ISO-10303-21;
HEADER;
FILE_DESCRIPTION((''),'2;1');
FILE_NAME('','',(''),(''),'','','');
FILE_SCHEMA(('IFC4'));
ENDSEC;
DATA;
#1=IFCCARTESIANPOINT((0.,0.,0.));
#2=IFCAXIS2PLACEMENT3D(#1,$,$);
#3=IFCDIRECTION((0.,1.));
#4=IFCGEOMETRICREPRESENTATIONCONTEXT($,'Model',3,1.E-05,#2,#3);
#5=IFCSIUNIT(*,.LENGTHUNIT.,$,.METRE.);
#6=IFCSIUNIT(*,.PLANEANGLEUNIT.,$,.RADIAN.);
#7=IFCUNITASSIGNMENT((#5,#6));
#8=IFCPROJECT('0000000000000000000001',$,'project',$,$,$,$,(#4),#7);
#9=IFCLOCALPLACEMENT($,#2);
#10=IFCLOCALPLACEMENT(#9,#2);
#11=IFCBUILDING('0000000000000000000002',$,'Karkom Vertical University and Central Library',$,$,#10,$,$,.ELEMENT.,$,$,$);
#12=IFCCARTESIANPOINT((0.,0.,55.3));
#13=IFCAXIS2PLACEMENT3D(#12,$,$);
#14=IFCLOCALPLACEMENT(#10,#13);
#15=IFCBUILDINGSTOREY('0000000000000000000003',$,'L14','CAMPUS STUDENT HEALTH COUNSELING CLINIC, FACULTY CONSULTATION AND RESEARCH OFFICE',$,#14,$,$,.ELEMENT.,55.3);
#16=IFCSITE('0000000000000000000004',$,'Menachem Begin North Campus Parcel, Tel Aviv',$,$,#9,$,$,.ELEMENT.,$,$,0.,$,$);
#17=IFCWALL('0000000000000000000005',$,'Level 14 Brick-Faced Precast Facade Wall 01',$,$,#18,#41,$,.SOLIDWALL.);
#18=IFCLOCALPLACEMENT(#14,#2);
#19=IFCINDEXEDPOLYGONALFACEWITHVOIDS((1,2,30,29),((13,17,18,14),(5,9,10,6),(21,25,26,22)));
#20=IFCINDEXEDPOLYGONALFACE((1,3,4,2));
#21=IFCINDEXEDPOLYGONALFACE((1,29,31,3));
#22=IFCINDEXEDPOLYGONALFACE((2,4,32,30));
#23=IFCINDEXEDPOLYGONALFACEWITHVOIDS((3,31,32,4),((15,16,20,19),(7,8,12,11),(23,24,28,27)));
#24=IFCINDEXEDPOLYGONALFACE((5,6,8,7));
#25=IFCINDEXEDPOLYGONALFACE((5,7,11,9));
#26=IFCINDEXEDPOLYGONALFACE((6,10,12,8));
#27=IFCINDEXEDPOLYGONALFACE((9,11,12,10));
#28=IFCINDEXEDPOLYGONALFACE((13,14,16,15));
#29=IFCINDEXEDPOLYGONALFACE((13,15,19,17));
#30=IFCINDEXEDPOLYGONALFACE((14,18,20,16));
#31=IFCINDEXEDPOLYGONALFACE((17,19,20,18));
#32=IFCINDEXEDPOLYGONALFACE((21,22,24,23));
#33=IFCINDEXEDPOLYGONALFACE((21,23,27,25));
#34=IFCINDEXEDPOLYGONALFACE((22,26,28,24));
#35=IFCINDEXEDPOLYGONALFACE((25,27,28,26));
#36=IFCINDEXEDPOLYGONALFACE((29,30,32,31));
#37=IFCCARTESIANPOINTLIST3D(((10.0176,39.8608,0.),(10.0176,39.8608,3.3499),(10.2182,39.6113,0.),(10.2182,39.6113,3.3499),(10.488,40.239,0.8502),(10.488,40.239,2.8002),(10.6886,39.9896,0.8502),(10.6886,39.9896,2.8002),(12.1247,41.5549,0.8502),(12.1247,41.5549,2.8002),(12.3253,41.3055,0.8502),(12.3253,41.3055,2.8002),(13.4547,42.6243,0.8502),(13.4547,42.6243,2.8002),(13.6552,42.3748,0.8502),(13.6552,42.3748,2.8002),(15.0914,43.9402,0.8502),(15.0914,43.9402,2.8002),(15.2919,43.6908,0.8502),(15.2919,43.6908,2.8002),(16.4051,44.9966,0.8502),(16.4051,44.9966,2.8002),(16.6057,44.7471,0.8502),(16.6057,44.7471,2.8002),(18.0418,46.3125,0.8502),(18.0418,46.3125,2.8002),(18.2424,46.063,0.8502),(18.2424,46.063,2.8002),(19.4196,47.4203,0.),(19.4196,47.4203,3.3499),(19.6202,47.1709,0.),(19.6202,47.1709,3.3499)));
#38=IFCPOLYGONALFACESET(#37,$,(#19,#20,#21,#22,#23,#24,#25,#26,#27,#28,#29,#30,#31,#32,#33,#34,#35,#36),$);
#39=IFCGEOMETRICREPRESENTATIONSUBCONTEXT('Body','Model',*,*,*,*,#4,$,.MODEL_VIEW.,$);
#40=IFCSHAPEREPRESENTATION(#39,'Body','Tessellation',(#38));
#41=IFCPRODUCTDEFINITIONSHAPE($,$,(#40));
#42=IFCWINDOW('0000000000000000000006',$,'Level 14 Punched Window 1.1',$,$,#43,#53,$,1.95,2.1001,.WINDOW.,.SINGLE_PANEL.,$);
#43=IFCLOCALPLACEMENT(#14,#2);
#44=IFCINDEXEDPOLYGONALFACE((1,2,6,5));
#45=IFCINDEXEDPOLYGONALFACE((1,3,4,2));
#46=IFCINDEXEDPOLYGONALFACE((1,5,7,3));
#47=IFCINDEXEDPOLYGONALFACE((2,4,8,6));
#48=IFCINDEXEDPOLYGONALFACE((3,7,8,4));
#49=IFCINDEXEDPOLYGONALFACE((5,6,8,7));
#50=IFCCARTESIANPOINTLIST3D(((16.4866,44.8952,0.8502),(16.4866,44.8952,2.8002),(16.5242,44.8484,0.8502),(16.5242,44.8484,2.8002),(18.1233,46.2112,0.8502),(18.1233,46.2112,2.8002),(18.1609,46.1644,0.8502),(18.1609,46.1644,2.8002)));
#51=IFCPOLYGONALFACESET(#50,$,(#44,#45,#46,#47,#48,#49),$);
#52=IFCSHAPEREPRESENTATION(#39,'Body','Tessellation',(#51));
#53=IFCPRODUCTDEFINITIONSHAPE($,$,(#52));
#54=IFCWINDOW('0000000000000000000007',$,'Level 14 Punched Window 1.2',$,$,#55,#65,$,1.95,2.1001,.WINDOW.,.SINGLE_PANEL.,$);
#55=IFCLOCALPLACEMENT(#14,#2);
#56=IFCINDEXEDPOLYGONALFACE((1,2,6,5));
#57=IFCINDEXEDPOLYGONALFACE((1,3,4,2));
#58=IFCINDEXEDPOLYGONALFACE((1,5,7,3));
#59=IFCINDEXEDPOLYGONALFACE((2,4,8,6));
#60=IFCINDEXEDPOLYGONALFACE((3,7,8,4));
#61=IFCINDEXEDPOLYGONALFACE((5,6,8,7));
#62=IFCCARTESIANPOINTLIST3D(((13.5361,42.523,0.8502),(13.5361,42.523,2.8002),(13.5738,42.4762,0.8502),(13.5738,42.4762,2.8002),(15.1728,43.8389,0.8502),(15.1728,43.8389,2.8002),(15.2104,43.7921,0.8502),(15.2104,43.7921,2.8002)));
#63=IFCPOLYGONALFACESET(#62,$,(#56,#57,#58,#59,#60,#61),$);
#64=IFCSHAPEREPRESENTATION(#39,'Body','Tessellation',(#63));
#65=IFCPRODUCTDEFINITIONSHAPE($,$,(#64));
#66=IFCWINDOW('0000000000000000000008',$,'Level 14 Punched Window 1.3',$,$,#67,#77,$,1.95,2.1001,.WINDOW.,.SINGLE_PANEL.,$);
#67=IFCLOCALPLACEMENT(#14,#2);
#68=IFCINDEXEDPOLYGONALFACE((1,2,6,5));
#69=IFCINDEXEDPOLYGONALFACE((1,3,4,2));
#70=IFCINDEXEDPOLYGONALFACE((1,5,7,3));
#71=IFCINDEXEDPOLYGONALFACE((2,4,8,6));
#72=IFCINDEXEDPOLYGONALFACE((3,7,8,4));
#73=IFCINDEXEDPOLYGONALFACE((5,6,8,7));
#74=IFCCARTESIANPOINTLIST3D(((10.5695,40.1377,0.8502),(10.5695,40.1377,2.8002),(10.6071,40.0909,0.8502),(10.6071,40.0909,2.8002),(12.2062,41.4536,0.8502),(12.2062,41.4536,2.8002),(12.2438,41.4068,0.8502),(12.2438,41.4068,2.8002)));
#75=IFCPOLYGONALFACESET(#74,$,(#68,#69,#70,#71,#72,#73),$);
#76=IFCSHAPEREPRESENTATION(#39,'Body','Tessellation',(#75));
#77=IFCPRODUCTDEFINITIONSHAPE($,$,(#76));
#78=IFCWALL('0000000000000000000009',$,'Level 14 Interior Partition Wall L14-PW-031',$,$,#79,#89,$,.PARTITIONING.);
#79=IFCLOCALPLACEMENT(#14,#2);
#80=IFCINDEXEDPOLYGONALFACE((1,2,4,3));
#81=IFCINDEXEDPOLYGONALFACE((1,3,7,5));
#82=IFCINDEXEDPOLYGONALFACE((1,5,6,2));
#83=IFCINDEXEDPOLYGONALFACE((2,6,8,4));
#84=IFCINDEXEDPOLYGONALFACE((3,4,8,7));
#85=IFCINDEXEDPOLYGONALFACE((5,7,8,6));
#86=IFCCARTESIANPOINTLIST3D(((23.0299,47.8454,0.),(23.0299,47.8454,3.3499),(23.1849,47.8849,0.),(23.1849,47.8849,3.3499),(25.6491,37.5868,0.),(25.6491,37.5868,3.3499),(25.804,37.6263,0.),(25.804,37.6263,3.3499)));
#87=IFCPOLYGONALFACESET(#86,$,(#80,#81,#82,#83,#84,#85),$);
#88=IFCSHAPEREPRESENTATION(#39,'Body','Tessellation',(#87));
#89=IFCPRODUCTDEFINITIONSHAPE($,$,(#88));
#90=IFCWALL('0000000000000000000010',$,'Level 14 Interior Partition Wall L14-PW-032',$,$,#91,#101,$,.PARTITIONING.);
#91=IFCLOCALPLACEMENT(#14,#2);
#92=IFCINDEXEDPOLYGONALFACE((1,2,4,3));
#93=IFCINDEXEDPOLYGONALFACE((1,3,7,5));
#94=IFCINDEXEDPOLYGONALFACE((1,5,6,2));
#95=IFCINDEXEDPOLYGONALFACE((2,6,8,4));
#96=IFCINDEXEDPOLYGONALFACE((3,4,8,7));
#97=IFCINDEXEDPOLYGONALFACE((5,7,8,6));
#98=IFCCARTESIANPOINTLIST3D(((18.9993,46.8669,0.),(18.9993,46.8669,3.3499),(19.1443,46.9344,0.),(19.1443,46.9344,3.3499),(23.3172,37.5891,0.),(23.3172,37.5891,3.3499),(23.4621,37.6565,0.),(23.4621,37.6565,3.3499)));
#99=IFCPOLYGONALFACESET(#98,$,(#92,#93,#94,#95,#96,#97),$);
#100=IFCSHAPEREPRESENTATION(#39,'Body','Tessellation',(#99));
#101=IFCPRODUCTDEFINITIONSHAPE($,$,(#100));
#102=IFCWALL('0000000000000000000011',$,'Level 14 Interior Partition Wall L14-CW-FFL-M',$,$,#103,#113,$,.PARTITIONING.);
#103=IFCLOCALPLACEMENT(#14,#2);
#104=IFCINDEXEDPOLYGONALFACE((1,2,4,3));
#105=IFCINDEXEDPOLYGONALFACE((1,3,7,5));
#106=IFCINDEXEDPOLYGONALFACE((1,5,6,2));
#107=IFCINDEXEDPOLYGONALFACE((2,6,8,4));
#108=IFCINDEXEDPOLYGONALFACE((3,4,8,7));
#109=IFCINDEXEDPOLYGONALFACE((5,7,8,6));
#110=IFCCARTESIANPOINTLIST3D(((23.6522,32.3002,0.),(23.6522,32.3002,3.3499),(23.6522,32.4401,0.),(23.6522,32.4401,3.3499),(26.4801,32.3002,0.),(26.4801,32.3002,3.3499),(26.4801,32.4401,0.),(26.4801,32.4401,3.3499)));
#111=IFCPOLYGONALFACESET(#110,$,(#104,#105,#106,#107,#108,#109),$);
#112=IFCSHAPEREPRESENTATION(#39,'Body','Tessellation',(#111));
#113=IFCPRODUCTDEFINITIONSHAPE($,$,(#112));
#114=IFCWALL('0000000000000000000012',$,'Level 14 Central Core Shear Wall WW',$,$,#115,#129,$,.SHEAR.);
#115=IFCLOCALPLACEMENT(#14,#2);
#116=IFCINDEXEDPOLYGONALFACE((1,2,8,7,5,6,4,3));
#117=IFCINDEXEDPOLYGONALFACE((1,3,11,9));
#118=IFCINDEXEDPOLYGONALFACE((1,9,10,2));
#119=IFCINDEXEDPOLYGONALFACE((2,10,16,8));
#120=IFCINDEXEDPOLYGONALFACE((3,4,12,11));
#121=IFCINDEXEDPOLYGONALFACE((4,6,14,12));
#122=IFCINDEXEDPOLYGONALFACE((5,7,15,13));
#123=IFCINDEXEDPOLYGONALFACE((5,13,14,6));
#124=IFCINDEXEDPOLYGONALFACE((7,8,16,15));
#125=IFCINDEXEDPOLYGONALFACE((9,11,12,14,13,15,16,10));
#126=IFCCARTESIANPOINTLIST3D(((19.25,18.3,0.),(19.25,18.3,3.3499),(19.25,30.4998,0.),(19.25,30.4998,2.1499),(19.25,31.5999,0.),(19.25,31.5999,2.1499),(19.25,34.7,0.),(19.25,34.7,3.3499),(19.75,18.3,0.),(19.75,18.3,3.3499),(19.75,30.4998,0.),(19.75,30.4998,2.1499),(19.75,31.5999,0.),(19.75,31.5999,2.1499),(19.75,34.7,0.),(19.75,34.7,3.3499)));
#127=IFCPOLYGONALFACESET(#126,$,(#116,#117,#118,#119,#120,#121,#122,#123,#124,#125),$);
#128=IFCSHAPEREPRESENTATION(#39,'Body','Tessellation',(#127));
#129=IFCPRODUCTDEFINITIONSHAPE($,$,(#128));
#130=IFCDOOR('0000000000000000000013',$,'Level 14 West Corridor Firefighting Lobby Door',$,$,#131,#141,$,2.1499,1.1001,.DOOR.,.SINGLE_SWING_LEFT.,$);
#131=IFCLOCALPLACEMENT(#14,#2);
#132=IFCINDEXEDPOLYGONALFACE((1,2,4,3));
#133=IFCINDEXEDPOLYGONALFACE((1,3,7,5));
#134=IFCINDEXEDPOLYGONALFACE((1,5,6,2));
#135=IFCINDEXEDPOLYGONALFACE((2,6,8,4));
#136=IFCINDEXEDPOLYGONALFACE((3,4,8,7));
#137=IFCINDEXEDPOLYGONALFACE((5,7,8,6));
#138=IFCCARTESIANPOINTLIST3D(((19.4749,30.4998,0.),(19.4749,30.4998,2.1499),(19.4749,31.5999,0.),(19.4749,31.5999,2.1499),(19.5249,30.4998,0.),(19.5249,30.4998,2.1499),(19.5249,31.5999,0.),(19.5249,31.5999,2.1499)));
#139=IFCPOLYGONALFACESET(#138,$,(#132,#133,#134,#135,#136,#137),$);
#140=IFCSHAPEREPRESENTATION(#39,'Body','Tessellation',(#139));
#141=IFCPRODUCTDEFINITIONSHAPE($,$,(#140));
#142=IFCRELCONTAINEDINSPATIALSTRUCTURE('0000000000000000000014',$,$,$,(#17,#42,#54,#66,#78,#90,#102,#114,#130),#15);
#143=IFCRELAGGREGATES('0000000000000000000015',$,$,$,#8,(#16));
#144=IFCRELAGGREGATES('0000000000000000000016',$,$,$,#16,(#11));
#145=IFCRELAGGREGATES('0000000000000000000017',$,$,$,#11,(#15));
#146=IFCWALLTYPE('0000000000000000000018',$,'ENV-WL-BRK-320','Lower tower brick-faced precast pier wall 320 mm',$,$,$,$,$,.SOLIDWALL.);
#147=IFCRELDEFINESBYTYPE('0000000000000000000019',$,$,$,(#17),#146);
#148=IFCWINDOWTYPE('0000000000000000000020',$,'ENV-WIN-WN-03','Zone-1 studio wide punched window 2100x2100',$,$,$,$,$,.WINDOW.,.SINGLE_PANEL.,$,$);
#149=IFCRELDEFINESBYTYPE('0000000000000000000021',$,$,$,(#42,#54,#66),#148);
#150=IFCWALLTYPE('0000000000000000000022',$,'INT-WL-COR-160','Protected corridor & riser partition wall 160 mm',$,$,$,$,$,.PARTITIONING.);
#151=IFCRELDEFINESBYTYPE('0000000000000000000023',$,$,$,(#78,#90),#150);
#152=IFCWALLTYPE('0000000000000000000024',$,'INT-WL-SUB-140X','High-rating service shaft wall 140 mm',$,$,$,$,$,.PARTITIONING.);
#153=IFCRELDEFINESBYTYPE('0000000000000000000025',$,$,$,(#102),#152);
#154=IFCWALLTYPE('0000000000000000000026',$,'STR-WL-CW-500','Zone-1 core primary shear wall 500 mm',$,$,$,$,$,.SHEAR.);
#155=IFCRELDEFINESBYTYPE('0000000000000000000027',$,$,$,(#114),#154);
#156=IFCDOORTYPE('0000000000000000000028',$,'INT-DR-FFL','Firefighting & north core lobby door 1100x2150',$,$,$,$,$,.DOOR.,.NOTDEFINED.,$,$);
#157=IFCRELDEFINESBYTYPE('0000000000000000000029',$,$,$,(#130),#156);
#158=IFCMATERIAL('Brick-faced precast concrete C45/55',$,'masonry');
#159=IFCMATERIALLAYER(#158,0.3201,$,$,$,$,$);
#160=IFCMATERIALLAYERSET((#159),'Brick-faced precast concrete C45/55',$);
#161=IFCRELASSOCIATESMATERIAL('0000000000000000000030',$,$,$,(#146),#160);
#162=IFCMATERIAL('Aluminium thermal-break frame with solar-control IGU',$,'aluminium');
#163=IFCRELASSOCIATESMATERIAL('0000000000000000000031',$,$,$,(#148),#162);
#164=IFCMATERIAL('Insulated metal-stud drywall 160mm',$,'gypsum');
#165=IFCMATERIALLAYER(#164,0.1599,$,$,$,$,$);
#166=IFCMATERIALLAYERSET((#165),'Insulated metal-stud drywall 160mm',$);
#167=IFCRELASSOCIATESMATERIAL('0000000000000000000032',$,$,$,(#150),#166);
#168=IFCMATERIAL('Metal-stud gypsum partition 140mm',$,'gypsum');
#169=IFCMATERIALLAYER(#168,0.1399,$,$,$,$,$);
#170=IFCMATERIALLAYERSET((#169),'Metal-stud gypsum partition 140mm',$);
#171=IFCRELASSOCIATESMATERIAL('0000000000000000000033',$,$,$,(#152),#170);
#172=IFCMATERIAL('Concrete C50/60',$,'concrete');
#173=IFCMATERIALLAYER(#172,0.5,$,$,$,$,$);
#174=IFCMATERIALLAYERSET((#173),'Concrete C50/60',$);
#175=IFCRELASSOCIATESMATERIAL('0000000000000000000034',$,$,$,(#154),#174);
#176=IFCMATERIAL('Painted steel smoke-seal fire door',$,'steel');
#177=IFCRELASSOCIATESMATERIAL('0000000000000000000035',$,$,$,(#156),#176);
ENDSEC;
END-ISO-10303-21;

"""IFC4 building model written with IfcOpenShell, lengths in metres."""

from ifc_helpers import new_model, si_unit, direction, frame, frame_2d, origin, origin_with_axes, place, context, subcontext, project, spatial, rectangle, extrude, source, transform, mapped, material, layer, layer_set, type_object, element, fill, save


model = new_model("IFC4")

# Units and contexts
model_context = context("Model", 3, precision=1e-05, world=origin(), true_north=direction((0.0, 1.0)))
body_context = subcontext(model_context, "Body", "Model", "MODEL_VIEW")
ifc_project = project(units=[si_unit("LENGTHUNIT", "METRE"), si_unit("PLANEANGLEUNIT", "RADIAN")], contexts=[model_context])

# Site, building, storey
site_placement = place(None, origin())
site = spatial("IfcSite", under=ifc_project, at=site_placement, Name="Menachem Begin North Campus Parcel, Tel Aviv", CompositionType="ELEMENT", RefElevation=0.0)
building_placement = place(site_placement, origin())
building = spatial("IfcBuilding", under=site, at=building_placement, Name="Karkom Vertical University and Central Library", CompositionType="ELEMENT")
storey_placement = place(building_placement, frame((0.0, 0.0, 55.3)))
storey = spatial("IfcBuildingStorey", under=building, at=storey_placement, Name="L14", Description="CAMPUS STUDENT HEALTH COUNSELING CLINIC, FACULTY CONSULTATION AND RESEARCH OFFICE", CompositionType="ELEMENT", Elevation=55.3)

# Shared definitions
ifc_material_1 = material(Name="Concrete C50/60", Category="concrete")

# Wall, openings, windows
ifc_material_2 = material(Name="Brick-faced precast concrete C45/55", Category="masonry")
ifc_layer_1 = layer(ifc_material_2, 0.3201)
ifc_layer_set_1 = layer_set([ifc_layer_1], Name="Brick-faced precast concrete C45/55")
wall_type_1 = type_object("IfcWallType", Name="ENV-WL-BRK-320", Description="Lower tower brick-faced precast pier wall 320 mm", PredefinedType="SOLIDWALL", material=ifc_layer_set_1)
wall_1_placement = place(storey_placement, frame((19.52, 47.2957, 0.0), z_axis=(0.0, 0.0, 1.0), x_axis=(-0.779334, -0.626608, 0.0)))
wall_1 = element("IfcWall", 1, at=wall_1_placement, inside=storey, type_object=wall_type_1, Name="Level 14 Brick-Faced Precast Facade Wall 01", PredefinedType="SOLIDWALL", context=body_context, shape_type="SweptSolid", body=[
    extrude(rectangle(XDim=12.0642, YDim=0.3201, at=frame_2d((6.0322, 0.0))), origin(), (0.0, 0.0, 1.0), 3.3499),
])
opening_1_placement = place(wall_1_placement, frame((1.7681, 0.0, 0.8501)))
opening_1 = element("IfcOpeningElement", 2, at=opening_1_placement, cuts=wall_1, PredefinedType="OPENING", context=body_context, shape_type="SweptSolid", body=[
    extrude(rectangle(XDim=2.1001, YDim=1.95, at=frame_2d((1.05, 0.9751))), frame((0.0, 0.1699, 0.0), z_axis=(0.0, -1.0, 0.0), x_axis=(1.0, 0.0, 0.0)), (0.0, 0.0, 1.0), 0.3401),
])
opening_2_placement = place(wall_1_placement, frame((5.554, 0.0, 0.8501)))
opening_2 = element("IfcOpeningElement", 3, at=opening_2_placement, cuts=wall_1, PredefinedType="OPENING", context=body_context, shape_type="SweptSolid", body=[
    extrude(rectangle(XDim=2.1001, YDim=1.95, at=frame_2d((1.05, 0.9751))), frame((0.0, 0.1699, 0.0), z_axis=(0.0, -1.0, 0.0), x_axis=(1.0, 0.0, 0.0)), (0.0, 0.0, 1.0), 0.3401),
])
opening_3_placement = place(wall_1_placement, frame((9.3606, 0.0, 0.8501)))
opening_3 = element("IfcOpeningElement", 4, at=opening_3_placement, cuts=wall_1, PredefinedType="OPENING", context=body_context, shape_type="SweptSolid", body=[
    extrude(rectangle(XDim=2.1001, YDim=1.95, at=frame_2d((1.05, 0.9751))), frame((0.0, 0.1699, 0.0), z_axis=(0.0, -1.0, 0.0), x_axis=(1.0, 0.0, 0.0)), (0.0, 0.0, 1.0), 0.3401),
])
ifc_material_3 = material(Name="Aluminium thermal-break frame with solar-control IGU", Category="aluminium")
window_type = type_object("IfcWindowType", Name="ENV-WIN-WN-03", Description="Zone-1 studio wide punched window 2100x2100", PartitioningType="SINGLE_PANEL", PredefinedType="WINDOW", material=ifc_material_3)
shared_shape_1 = source(origin_with_axes(), body_context, "Body", "SweptSolid", [
    extrude(rectangle(XDim=2.1001, YDim=1.95, at=frame_2d((1.05, 0.9751))), frame((0.0, 0.03, 0.0), z_axis=(0.0, -1.0, 0.0), x_axis=(1.0, 0.0, 0.0)), (0.0, 0.0, 1.0), 0.0601),
])
window_1_placement = place(opening_1_placement, origin())
window_1 = element("IfcWindow", 5, at=window_1_placement, inside=storey, type_object=window_type, Name="Level 14 Punched Window 1.1", OverallHeight=1.95, OverallWidth=2.1001, PartitioningType="SINGLE_PANEL", PredefinedType="WINDOW", context=body_context, shape_type="MappedRepresentation", body=[
    mapped(shared_shape_1, transform((0.0, 0.0, 0.0), scale=1.0)),
])
fill(opening_1, window_1)
window_2_placement = place(opening_2_placement, origin())
window_2 = element("IfcWindow", 6, at=window_2_placement, inside=storey, type_object=window_type, Name="Level 14 Punched Window 1.2", OverallHeight=1.95, OverallWidth=2.1001, PartitioningType="SINGLE_PANEL", PredefinedType="WINDOW", context=body_context, shape_type="MappedRepresentation", body=[
    mapped(shared_shape_1, transform((0.0, 0.0, 0.0), scale=1.0)),
])
fill(opening_2, window_2)
window_3_placement = place(opening_3_placement, origin())
window_3 = element("IfcWindow", 7, at=window_3_placement, inside=storey, type_object=window_type, Name="Level 14 Punched Window 1.3", OverallHeight=1.95, OverallWidth=2.1001, PartitioningType="SINGLE_PANEL", PredefinedType="WINDOW", context=body_context, shape_type="MappedRepresentation", body=[
    mapped(shared_shape_1, transform((0.0, 0.0, 0.0), scale=1.0)),
])
fill(opening_3, window_3)

# Walls
ifc_material_4 = material(Name="Insulated metal-stud drywall 160mm", Category="gypsum")
ifc_layer_2 = layer(ifc_material_4, 0.1599)
ifc_layer_set_2 = layer_set([ifc_layer_2], Name="Insulated metal-stud drywall 160mm")
wall_type_2 = type_object("IfcWallType", Name="INT-WL-COR-160", Description="Protected corridor & riser partition wall 160 mm", PredefinedType="PARTITIONING", material=ifc_layer_set_2)
wall_2_placement = place(storey_placement, frame((25.7266, 37.6064, 0.0), z_axis=(0.0, 0.0, 1.0), x_axis=(-0.247378, 0.968919, 0.0)))
element("IfcWall", 8, at=wall_2_placement, inside=storey, type_object=wall_type_2, Name="Level 14 Interior Partition Wall L14-PW-031", PredefinedType="PARTITIONING", context=body_context, shape_type="SweptSolid", body=[
    extrude(rectangle(XDim=10.5876, YDim=0.1599, at=frame_2d((5.2939, 0.0))), origin(), (0.0, 0.0, 1.0), 3.3499),
])
wall_3_placement = place(storey_placement, frame((23.3896, 37.6228, 0.0), z_axis=(0.0, 0.0, 1.0), x_axis=(-0.42194, 0.906624, 0.0)))
element("IfcWall", 9, at=wall_3_placement, inside=storey, type_object=wall_type_2, Name="Level 14 Interior Partition Wall L14-PW-032", PredefinedType="PARTITIONING", context=body_context, shape_type="SweptSolid", body=[
    extrude(rectangle(XDim=10.2334, YDim=0.1599, at=frame_2d((5.1167, 0.0))), origin(), (0.0, 0.0, 1.0), 3.3499),
])
ifc_material_5 = material(Name="Metal-stud gypsum partition 140mm", Category="gypsum")
ifc_layer_3 = layer(ifc_material_5, 0.1399)
ifc_layer_set_3 = layer_set([ifc_layer_3], Name="Metal-stud gypsum partition 140mm")
wall_type_3 = type_object("IfcWallType", Name="INT-WL-SUB-140X", Description="High-rating service shaft wall 140 mm", PredefinedType="PARTITIONING", material=ifc_layer_set_3)
wall_4_placement = place(storey_placement, frame((23.6521, 32.3701, 0.0), z_axis=(0.0, 0.0, 1.0), x_axis=(1.0, 0.0, 0.0)))
element("IfcWall", 10, at=wall_4_placement, inside=storey, type_object=wall_type_3, Name="Level 14 Interior Partition Wall L14-CW-FFL-M", PredefinedType="PARTITIONING", context=body_context, shape_type="SweptSolid", body=[
    extrude(rectangle(XDim=2.8279, YDim=0.1399, at=frame_2d((1.4141, 0.0))), origin(), (0.0, 0.0, 1.0), 3.3499),
])

# Wall, opening, door
ifc_layer_4 = layer(ifc_material_1, 0.5)
ifc_layer_set_4 = layer_set([ifc_layer_4], Name="Concrete C50/60")
wall_type_4 = type_object("IfcWallType", Name="STR-WL-CW-500", Description="Zone-1 core primary shear wall 500 mm", PredefinedType="SHEAR", material=ifc_layer_set_4)
ifc_material_6 = material(Name="Painted steel smoke-seal fire door", Category="steel")
door_type = type_object("IfcDoorType", Name="INT-DR-FFL", Description="Firefighting & north core lobby door 1100x2150", OperationType="NOTDEFINED", PredefinedType="DOOR", material=ifc_material_6)
shared_shape_2 = source(origin_with_axes(), body_context, "Body", "SweptSolid", [
    extrude(rectangle(XDim=1.1001, YDim=2.1499, at=frame_2d((0.55, 1.075))), frame((0.0, 0.0249, 0.0), z_axis=(0.0, -1.0, 0.0), x_axis=(1.0, 0.0, 0.0)), (0.0, 0.0, 1.0), 0.05),
])
wall_5_placement = place(storey_placement, frame((19.5, 34.7, 0.0), z_axis=(0.0, 0.0, 1.0), x_axis=(0.0, -1.0, 0.0)))
wall_5 = element("IfcWall", 11, at=wall_5_placement, inside=storey, type_object=wall_type_4, Name="Level 14 Central Core Shear Wall WW", PredefinedType="SHEAR", context=body_context, shape_type="SweptSolid", body=[
    extrude(rectangle(XDim=16.3999, YDim=0.5, at=frame_2d((8.2, 0.0))), origin(), (0.0, 0.0, 1.0), 3.3499),
])
opening_4_placement = place(wall_5_placement, frame((3.1001, 0.0, 0.0)))
opening_4 = element("IfcOpeningElement", 12, at=opening_4_placement, cuts=wall_5, PredefinedType="OPENING", context=body_context, shape_type="SweptSolid", body=[
    extrude(rectangle(XDim=1.1001, YDim=2.1499, at=frame_2d((0.55, 1.075))), frame((0.0, 0.26, 0.0), z_axis=(0.0, -1.0, 0.0), x_axis=(1.0, 0.0, 0.0)), (0.0, 0.0, 1.0), 0.52),
])
door_1_placement = place(opening_4_placement, origin())
door_1 = element("IfcDoor", 13, at=door_1_placement, inside=storey, type_object=door_type, Name="Level 14 West Corridor Firefighting Lobby Door", OperationType="SINGLE_SWING_LEFT", OverallHeight=2.1499, OverallWidth=1.1001, PredefinedType="DOOR", context=body_context, shape_type="MappedRepresentation", body=[
    mapped(shared_shape_2, transform((0.0, 0.0, 0.0), scale=1.0)),
])
fill(opening_4, door_1)

save(model, "model.ifc")
